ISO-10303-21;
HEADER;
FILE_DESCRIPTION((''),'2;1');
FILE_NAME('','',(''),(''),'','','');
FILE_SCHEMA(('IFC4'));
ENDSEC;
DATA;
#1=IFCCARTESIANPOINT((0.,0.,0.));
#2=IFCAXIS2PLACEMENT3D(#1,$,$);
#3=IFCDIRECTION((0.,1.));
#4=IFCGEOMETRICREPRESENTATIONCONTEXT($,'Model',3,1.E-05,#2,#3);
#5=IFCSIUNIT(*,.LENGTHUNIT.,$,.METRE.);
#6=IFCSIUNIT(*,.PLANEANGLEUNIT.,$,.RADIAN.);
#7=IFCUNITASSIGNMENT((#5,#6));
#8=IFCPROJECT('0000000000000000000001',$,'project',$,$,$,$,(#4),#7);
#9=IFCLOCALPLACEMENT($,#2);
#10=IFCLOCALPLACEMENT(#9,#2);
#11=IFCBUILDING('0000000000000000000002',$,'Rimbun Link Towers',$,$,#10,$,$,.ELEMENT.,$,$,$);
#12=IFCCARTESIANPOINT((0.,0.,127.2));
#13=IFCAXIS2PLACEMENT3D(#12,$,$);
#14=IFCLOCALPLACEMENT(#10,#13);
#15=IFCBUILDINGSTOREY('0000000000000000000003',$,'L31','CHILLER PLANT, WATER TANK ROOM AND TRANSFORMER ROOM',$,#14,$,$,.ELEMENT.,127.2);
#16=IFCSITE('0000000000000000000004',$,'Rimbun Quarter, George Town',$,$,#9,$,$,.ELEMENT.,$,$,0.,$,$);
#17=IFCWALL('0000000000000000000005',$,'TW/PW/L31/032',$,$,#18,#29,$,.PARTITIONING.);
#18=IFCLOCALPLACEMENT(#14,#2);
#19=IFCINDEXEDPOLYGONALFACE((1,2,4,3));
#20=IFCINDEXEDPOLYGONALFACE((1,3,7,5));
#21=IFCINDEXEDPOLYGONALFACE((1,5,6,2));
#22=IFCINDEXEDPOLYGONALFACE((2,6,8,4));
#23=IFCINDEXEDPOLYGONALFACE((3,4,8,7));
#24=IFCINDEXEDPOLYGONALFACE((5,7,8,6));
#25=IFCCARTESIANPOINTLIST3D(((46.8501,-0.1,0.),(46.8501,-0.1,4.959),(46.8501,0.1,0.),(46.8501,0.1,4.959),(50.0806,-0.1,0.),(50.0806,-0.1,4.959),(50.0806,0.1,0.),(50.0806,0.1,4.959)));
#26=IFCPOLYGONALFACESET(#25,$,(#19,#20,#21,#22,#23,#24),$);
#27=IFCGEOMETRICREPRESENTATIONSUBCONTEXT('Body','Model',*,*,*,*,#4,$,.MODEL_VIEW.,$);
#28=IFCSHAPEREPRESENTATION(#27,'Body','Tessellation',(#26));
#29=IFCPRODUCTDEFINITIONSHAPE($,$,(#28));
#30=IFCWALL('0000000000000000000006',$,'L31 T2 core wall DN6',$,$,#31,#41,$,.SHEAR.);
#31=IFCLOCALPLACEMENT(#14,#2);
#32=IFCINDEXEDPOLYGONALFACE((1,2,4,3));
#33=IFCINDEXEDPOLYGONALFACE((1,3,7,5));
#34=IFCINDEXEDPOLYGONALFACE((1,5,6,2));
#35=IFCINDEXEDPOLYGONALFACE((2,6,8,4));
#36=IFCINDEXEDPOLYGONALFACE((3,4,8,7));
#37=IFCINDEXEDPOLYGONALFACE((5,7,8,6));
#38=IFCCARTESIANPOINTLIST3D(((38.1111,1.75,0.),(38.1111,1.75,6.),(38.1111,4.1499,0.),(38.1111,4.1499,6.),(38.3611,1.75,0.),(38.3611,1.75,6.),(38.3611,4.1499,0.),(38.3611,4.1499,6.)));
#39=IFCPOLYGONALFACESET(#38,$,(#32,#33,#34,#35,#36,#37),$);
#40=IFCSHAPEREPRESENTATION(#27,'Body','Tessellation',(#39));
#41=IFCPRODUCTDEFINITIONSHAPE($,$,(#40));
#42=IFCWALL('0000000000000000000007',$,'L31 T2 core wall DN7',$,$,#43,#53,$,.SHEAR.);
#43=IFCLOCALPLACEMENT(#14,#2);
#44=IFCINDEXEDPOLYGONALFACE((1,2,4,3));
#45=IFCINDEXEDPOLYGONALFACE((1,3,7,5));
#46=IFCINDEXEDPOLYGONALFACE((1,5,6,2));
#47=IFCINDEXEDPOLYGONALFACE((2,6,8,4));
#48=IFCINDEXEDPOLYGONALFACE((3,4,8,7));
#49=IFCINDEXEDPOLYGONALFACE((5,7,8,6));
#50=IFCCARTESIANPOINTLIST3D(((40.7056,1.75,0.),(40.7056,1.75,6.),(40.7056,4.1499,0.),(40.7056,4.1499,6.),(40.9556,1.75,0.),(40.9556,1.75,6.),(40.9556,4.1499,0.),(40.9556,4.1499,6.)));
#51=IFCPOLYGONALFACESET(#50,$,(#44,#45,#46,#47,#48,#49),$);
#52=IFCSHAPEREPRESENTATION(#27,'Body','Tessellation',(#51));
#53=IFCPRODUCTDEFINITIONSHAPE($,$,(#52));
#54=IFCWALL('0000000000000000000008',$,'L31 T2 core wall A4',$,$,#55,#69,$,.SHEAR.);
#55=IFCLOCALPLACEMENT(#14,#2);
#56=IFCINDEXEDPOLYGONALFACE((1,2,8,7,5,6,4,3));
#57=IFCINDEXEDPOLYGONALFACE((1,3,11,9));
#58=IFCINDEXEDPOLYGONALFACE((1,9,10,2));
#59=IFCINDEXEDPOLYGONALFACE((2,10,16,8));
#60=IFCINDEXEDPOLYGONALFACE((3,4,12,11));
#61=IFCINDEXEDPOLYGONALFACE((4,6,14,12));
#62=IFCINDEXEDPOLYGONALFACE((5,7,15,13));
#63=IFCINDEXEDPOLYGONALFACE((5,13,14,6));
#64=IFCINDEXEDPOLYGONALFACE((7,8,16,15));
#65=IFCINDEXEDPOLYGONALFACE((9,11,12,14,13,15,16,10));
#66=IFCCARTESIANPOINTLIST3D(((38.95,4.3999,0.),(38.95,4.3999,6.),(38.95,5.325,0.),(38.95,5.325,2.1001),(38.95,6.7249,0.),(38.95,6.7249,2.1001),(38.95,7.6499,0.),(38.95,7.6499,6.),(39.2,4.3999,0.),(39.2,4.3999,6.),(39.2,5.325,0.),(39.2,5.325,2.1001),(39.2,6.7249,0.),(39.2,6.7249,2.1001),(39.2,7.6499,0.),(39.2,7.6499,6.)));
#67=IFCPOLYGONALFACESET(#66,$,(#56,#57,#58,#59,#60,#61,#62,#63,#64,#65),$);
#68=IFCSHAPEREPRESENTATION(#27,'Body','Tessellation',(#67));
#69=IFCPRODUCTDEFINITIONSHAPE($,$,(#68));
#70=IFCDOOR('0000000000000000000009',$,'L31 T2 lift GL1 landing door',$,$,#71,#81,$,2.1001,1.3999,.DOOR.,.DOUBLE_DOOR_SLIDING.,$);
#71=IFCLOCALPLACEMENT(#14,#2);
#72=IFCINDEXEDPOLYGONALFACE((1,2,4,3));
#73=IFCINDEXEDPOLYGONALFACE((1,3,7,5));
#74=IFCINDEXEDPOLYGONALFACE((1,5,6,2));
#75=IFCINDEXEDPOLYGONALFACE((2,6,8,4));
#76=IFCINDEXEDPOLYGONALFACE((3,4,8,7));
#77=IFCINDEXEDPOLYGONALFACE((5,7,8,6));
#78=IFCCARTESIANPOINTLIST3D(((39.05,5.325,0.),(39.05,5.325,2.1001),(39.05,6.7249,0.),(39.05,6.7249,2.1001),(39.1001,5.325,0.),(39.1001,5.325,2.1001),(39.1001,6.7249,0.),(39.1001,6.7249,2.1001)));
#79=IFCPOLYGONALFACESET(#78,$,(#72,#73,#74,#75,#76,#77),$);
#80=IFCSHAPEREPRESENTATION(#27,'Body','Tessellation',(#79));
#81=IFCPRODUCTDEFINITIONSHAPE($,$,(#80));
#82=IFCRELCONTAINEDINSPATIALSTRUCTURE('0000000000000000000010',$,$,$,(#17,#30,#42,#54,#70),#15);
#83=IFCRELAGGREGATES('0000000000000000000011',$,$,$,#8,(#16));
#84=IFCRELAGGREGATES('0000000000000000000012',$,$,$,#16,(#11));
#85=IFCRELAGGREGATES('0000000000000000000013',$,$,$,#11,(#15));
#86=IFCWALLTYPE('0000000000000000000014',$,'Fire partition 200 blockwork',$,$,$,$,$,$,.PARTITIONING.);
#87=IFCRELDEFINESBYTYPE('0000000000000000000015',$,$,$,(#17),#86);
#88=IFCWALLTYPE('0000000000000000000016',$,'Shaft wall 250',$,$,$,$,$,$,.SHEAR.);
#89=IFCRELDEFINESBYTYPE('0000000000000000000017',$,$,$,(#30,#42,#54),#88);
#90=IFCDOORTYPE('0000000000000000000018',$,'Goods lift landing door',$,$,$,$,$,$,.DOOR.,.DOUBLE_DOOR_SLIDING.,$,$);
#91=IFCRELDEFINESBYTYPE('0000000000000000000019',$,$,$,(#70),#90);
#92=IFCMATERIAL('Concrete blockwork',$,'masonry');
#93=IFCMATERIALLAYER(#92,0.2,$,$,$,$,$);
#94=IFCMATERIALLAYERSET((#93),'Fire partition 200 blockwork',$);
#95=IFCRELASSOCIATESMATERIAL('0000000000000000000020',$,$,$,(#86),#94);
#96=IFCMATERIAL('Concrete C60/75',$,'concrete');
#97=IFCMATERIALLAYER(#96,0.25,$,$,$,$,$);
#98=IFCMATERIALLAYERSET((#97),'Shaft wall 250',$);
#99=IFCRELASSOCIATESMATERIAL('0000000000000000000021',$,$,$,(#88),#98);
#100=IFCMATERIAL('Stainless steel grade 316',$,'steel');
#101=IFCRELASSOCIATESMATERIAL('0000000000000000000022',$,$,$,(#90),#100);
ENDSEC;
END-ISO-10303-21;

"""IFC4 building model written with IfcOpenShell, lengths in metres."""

from ifc_helpers import new_model, si_unit, direction, frame, frame_2d, origin, place, context, subcontext, project, spatial, rectangle, extrude, material, layer, layer_set, type_object, element, fill, save


model = new_model("IFC4")

# Units and contexts
model_context = context("Model", 3, precision=1e-05, world=origin(), true_north=direction((0.0, 1.0)))
body_context = subcontext(model_context, "Body", "Model", "MODEL_VIEW")
ifc_project = project(units=[si_unit("LENGTHUNIT", "METRE"), si_unit("PLANEANGLEUNIT", "RADIAN")], contexts=[model_context])

# Site, building, storey
site_placement = place(None, origin())
site = spatial("IfcSite", under=ifc_project, at=site_placement, Name="Rimbun Quarter, George Town", CompositionType="ELEMENT", RefElevation=0.0)
building_placement = place(site_placement, origin())
building = spatial("IfcBuilding", under=site, at=building_placement, Name="Rimbun Link Towers", CompositionType="ELEMENT")
storey_placement = place(building_placement, frame((0.0, 0.0, 127.2)))
storey = spatial("IfcBuildingStorey", under=building, at=storey_placement, Name="L31", Description="CHILLER PLANT, WATER TANK ROOM AND TRANSFORMER ROOM", CompositionType="ELEMENT", Elevation=127.2)

# Shared definitions
ifc_material_1 = material(Name="Concrete blockwork", Category="masonry")
ifc_layer_1 = layer(ifc_material_1, 0.2)
ifc_layer_set_1 = layer_set([ifc_layer_1], Name="Fire partition 200 blockwork")
wall_type_1 = type_object("IfcWallType", Name="Fire partition 200 blockwork", PredefinedType="PARTITIONING", material=ifc_layer_set_1)

# Walls
wall_1_placement = place(storey_placement, frame((50.0806, 0.0, 0.0), z_axis=(0.0, 0.0, 1.0), x_axis=(-1.0, 0.0, 0.0)))
element("IfcWall", 1, at=wall_1_placement, inside=storey, type_object=wall_type_1, Name="TW/PW/L31/032", PredefinedType="PARTITIONING", context=body_context, shape_type="SweptSolid", body=[
    extrude(rectangle(XDim=3.2305, YDim=0.2, at=frame_2d((1.6152, 0.0))), origin(), (0.0, 0.0, 1.0), 4.959),
])
ifc_material_2 = material(Name="Concrete C60/75", Category="concrete")
ifc_layer_2 = layer(ifc_material_2, 0.25)
ifc_layer_set_2 = layer_set([ifc_layer_2], Name="Shaft wall 250")
wall_type_2 = type_object("IfcWallType", Name="Shaft wall 250", PredefinedType="SHEAR", material=ifc_layer_set_2)
for number, where, z_axis, x_axis, name in (
    (2, (38.2361, 1.75, 0.0), (0.0, 0.0, 1.0), (0.0, 1.0, 0.0), "L31 T2 core wall DN6"),
    (3, (40.8306, 1.75, 0.0), (0.0, 0.0, 1.0), (0.0, 1.0, 0.0), "L31 T2 core wall DN7"),
):
    element("IfcWall", number, at=place(storey_placement, frame(where, z_axis=z_axis, x_axis=x_axis)), inside=storey, type_object=wall_type_2, Name=name, PredefinedType="SHEAR", context=body_context, shape_type="SweptSolid", body=[
        extrude(rectangle(XDim=2.3999, YDim=0.25, at=frame_2d((1.2, 0.0))), origin(), (0.0, 0.0, 1.0), 6.0),
    ])

# Wall, opening, door
wall_2_placement = place(storey_placement, frame((39.075, 4.3999, 0.0), z_axis=(0.0, 0.0, 1.0), x_axis=(0.0, 1.0, 0.0)))
wall_2 = element("IfcWall", 4, at=wall_2_placement, inside=storey, type_object=wall_type_2, Name="L31 T2 core wall A4", PredefinedType="SHEAR", context=body_context, shape_type="SweptSolid", body=[
    extrude(rectangle(XDim=3.25, YDim=0.25, at=frame_2d((1.625, 0.0))), origin(), (0.0, 0.0, 1.0), 6.0),
])
opening_1_placement = place(wall_2_placement, frame((0.925, 0.0, 0.0)))
opening_1 = element("IfcOpeningElement", 5, at=opening_1_placement, cuts=wall_2, PredefinedType="OPENING", context=body_context, shape_type="SweptSolid", body=[
    extrude(rectangle(XDim=1.3999, YDim=2.1001, at=frame_2d((0.7, 1.05))), frame((0.0, 0.135, 0.0), z_axis=(0.0, -1.0, 0.0), x_axis=(1.0, 0.0, 0.0)), (0.0, 0.0, 1.0), 0.27),
])
ifc_material_3 = material(Name="Stainless steel grade 316", Category="steel")
door_type_1 = type_object("IfcDoorType", Name="Goods lift landing door", OperationType="DOUBLE_DOOR_SLIDING", PredefinedType="DOOR", material=ifc_material_3)
door_1_placement = place(opening_1_placement, origin())
door_1 = element("IfcDoor", 6, at=door_1_placement, inside=storey, type_object=door_type_1, Name="L31 T2 lift GL1 landing door", OperationType="DOUBLE_DOOR_SLIDING", OverallHeight=2.1001, OverallWidth=1.3999, PredefinedType="DOOR", context=body_context, shape_type="SweptSolid", body=[
    extrude(rectangle(XDim=1.3999, YDim=2.1001, at=frame_2d((0.7, 1.05))), frame((0.0, 0.0249, 0.0), z_axis=(0.0, -1.0, 0.0), x_axis=(1.0, 0.0, 0.0)), (0.0, 0.0, 1.0), 0.05),
])
fill(opening_1, door_1)

save(model, "model.ifc")
